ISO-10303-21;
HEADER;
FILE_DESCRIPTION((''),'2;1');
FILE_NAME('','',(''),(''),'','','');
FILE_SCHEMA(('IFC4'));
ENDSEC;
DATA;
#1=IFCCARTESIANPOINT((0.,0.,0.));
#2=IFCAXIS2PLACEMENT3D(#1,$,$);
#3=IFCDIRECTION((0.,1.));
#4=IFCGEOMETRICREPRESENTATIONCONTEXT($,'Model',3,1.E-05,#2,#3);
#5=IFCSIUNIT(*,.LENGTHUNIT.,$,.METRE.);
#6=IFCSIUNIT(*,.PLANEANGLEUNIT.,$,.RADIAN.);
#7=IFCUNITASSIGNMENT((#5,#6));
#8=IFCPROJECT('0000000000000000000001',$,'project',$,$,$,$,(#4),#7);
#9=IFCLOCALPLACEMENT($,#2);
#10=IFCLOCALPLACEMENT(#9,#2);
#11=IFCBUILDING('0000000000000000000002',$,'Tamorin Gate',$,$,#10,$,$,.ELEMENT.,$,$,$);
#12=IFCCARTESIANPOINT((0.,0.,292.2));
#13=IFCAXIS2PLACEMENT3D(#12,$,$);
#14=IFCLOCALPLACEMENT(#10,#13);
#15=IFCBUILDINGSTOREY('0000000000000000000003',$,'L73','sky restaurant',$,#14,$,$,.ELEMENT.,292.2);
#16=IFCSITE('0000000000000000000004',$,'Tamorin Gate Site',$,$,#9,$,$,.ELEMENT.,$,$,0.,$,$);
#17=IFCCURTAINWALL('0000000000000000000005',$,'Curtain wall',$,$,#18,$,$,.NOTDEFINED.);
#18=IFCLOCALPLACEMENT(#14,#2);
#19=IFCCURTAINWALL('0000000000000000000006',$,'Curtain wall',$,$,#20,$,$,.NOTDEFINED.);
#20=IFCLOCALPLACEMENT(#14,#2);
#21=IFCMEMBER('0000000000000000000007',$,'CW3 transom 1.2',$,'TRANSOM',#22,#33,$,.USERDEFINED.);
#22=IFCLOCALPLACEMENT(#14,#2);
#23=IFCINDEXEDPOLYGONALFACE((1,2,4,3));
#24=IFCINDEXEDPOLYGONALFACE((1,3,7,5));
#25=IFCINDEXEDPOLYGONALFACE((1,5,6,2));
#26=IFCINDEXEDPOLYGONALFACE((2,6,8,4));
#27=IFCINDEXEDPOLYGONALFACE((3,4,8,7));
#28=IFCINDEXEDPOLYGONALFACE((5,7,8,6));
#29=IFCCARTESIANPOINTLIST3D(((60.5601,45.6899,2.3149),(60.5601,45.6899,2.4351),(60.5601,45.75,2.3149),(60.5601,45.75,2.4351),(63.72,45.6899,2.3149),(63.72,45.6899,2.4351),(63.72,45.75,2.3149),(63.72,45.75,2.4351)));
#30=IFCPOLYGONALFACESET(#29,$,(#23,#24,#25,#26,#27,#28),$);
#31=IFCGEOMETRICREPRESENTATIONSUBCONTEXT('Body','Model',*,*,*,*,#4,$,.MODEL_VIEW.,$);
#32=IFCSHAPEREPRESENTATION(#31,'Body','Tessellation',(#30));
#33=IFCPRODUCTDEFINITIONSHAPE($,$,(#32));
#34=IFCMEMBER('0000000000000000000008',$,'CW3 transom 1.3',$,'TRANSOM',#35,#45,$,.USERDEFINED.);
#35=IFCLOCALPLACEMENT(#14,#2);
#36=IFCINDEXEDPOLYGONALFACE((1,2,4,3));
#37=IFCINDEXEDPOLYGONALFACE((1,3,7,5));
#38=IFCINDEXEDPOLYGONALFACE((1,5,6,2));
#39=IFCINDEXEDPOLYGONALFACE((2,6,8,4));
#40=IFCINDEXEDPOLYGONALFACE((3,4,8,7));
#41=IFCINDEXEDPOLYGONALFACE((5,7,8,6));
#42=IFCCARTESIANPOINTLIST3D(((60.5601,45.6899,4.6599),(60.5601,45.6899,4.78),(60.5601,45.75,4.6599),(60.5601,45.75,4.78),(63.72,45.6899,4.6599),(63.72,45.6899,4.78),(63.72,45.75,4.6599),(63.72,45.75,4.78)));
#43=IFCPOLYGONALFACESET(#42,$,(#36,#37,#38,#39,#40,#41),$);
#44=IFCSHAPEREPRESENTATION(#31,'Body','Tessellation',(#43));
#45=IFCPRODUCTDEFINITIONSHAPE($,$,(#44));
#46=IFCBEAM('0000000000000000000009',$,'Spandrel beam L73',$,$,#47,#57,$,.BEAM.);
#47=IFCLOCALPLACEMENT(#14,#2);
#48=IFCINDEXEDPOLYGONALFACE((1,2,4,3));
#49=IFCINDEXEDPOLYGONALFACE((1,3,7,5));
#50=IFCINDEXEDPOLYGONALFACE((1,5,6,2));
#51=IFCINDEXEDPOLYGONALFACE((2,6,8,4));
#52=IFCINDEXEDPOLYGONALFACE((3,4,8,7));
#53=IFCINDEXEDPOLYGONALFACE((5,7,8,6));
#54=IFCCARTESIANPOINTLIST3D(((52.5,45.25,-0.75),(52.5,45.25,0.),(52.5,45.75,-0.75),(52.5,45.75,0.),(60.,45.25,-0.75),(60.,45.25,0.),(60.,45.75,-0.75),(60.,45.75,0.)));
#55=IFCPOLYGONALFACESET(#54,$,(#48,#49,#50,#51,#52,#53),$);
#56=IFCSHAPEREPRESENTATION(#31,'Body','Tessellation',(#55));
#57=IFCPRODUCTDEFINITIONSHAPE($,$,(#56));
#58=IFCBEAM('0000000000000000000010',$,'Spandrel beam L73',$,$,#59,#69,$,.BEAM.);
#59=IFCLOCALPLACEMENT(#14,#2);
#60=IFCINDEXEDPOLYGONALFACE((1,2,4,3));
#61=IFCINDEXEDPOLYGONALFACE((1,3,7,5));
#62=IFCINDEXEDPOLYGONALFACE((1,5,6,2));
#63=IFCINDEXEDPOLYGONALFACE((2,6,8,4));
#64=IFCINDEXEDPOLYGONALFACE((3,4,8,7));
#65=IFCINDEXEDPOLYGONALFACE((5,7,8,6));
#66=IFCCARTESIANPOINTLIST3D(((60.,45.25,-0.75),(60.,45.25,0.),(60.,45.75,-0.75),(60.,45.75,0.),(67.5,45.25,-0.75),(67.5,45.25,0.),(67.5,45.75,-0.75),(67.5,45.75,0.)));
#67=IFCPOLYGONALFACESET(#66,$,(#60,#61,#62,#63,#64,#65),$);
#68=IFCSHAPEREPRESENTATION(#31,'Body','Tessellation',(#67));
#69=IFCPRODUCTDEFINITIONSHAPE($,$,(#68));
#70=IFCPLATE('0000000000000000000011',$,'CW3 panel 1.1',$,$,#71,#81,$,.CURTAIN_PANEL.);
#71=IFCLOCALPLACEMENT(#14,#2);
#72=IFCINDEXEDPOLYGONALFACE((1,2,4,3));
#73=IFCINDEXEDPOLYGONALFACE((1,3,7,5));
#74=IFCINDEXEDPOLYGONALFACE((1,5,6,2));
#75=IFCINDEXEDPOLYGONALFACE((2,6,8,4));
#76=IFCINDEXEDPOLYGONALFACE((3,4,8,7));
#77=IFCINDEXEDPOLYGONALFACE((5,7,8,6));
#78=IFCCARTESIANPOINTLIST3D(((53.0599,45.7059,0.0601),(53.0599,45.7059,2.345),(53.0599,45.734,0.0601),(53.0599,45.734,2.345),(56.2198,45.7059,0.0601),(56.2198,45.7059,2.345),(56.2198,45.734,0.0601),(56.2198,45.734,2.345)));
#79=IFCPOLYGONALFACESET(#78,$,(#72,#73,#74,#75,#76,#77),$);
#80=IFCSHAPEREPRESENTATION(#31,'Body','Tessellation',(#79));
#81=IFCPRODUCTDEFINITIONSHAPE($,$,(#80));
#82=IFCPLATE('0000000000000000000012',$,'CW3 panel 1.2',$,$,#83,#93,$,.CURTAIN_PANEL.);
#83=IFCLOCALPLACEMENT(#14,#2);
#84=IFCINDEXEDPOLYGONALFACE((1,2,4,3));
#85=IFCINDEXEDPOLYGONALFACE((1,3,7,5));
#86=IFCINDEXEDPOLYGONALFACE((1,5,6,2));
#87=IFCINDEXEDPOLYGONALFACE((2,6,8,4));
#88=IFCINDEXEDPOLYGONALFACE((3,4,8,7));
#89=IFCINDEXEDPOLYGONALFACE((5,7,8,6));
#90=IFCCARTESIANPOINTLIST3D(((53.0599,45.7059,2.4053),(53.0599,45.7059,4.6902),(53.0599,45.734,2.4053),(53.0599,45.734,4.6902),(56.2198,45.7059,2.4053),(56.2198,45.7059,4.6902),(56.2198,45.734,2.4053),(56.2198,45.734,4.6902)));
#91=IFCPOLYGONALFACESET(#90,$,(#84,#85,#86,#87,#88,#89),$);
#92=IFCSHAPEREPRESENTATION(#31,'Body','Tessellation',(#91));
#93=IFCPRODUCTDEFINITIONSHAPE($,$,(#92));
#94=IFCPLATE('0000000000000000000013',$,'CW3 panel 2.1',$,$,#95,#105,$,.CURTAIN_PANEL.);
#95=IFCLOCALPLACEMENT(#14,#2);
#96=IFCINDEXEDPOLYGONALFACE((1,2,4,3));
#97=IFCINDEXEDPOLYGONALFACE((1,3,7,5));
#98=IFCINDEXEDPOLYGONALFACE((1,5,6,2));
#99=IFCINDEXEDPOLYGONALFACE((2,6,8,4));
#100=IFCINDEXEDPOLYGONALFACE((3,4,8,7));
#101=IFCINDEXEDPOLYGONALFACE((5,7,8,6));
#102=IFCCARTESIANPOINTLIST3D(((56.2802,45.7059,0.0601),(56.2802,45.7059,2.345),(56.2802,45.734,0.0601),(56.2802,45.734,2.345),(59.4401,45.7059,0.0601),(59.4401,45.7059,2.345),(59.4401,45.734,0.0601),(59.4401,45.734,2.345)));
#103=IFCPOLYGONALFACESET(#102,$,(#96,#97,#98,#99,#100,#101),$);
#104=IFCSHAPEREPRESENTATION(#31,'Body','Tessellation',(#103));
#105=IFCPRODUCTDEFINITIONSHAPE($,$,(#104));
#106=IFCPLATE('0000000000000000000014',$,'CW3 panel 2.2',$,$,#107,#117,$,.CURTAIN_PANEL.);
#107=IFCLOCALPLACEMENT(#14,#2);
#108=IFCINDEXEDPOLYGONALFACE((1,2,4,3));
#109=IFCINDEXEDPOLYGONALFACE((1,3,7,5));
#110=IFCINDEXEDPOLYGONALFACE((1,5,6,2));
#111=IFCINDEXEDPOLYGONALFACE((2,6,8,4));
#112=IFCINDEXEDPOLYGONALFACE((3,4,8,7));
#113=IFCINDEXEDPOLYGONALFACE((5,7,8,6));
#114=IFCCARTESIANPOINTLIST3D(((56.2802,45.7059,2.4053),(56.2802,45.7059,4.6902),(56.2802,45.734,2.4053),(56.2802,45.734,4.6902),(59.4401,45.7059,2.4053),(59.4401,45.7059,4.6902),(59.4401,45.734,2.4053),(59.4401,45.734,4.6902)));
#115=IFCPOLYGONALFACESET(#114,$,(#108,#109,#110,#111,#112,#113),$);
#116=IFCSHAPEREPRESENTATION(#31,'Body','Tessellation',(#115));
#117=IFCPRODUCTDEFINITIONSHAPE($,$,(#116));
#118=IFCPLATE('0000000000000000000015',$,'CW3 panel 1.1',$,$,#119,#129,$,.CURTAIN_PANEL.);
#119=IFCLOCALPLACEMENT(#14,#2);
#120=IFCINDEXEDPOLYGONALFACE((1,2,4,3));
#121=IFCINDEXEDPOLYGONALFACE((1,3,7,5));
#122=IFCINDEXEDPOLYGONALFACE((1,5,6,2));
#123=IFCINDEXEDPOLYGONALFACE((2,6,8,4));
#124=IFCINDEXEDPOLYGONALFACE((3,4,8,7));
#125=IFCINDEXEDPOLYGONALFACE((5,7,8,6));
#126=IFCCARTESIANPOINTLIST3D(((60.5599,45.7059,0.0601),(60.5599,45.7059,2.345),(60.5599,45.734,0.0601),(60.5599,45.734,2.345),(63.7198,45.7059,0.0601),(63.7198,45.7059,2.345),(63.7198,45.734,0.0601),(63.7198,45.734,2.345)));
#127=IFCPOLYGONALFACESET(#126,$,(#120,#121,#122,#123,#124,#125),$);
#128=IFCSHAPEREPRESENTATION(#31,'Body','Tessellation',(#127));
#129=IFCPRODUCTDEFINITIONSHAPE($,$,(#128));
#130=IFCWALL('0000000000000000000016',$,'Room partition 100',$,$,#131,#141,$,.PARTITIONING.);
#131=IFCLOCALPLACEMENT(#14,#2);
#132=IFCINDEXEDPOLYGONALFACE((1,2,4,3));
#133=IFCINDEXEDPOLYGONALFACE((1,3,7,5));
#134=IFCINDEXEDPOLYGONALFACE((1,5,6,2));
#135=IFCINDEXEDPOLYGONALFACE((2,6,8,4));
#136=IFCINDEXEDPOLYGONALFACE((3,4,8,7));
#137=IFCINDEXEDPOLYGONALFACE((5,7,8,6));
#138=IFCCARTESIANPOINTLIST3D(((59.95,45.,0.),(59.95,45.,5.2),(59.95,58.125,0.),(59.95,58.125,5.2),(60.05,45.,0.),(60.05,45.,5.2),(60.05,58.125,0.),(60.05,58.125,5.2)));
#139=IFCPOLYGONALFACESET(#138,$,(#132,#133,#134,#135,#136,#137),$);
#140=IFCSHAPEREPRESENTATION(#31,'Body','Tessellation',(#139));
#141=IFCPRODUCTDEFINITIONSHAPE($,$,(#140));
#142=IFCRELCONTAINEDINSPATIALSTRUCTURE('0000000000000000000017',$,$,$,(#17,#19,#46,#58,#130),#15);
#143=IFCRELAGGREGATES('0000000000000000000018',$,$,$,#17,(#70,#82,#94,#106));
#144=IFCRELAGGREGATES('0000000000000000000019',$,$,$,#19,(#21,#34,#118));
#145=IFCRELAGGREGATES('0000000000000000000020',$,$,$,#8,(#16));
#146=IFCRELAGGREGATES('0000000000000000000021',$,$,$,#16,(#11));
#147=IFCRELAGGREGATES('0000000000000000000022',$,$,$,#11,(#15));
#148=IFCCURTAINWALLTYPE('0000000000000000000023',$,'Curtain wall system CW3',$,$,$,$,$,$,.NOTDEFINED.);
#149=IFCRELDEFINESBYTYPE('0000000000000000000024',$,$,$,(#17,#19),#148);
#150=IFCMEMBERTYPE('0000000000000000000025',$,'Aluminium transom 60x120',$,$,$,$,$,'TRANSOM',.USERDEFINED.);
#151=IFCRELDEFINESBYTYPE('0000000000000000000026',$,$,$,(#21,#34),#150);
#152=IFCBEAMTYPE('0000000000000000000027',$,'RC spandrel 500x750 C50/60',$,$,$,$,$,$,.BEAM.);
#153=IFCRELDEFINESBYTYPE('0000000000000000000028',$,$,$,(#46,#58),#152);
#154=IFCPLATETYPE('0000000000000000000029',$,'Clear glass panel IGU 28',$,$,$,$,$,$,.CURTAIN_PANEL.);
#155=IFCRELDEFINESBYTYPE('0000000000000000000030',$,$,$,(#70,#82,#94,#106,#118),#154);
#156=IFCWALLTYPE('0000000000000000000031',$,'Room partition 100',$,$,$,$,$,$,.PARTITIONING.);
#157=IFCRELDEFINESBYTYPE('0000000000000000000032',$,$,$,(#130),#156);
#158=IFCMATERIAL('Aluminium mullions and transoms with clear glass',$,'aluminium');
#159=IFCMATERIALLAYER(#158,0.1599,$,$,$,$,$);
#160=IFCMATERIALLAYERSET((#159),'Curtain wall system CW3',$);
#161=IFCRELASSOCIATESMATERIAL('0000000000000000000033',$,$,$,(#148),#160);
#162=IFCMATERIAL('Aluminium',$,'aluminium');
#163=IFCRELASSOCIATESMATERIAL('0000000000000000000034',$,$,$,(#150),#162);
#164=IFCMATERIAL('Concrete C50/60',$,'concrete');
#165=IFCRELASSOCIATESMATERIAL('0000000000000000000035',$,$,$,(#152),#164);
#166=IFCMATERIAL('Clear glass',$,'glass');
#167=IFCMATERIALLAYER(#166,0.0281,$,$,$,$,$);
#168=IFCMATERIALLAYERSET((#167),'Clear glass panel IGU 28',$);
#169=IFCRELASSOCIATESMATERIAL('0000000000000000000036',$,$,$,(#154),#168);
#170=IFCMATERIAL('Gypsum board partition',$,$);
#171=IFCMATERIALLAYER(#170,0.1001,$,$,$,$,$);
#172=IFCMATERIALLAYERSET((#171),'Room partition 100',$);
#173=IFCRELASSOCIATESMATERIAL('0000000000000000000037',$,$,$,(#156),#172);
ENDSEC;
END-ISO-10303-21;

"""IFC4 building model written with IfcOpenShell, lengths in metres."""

from ifc_helpers import new_model, si_unit, direction, frame, frame_2d, origin, origin_2d, place, context, subcontext, project, spatial, rectangle, extrude, material, layer, layer_set, material_profile, profile_set, type_object, element, aggregate, save


model = new_model("IFC4")

# Units and contexts
model_context = context("Model", 3, precision=1e-05, world=origin(), true_north=direction((0.0, 1.0)))
body_context = subcontext(model_context, "Body", "Model", "MODEL_VIEW")
ifc_project = project(units=[si_unit("LENGTHUNIT", "METRE"), si_unit("PLANEANGLEUNIT", "RADIAN")], contexts=[model_context])

# Site, building, storey
site_placement = place(None, origin())
site = spatial("IfcSite", under=ifc_project, at=site_placement, Name="Tamorin Gate Site", CompositionType="ELEMENT", RefElevation=0.0)
building_placement = place(site_placement, origin())
building = spatial("IfcBuilding", under=site, at=building_placement, Name="Tamorin Gate", CompositionType="ELEMENT")
storey_placement = place(building_placement, frame((0.0, 0.0, 292.2)))
storey = spatial("IfcBuildingStorey", under=building, at=storey_placement, Name="L73", Description="sky restaurant", CompositionType="ELEMENT", Elevation=292.2)

# Shared definitions
ifc_material_1 = material(Name="Concrete C50/60", Category="concrete")

# Curtain wall
ifc_material_2 = material(Name="Aluminium mullions and transoms with clear glass", Category="aluminium")
ifc_layer_1 = layer(ifc_material_2, 0.1599)
ifc_layer_set_1 = layer_set([ifc_layer_1], Name="Curtain wall system CW3")
curtain_wall_type = type_object("IfcCurtainWallType", Name="Curtain wall system CW3", PredefinedType="NOTDEFINED", material=ifc_layer_set_1)
curtain_wall_1_placement = place(storey_placement, origin())
curtain_wall_1 = element("IfcCurtainWall", 1, at=curtain_wall_1_placement, inside=storey, type_object=curtain_wall_type, Name="Curtain wall", PredefinedType="NOTDEFINED")
ifc_material_3 = material(Name="Aluminium", Category="aluminium")

# Curtain wall
curtain_wall_2_placement = place(storey_placement, origin())
curtain_wall_2 = element("IfcCurtainWall", 2, at=curtain_wall_2_placement, inside=storey, type_object=curtain_wall_type, Name="Curtain wall", PredefinedType="NOTDEFINED")

# Members
ifc_material_profile_1 = material_profile(ifc_material_3, rectangle(XDim=0.0601, YDim=0.1201, at=origin_2d()), Name="RECT 60x120")
ifc_profile_set_1 = profile_set([ifc_material_profile_1], Name="Aluminium")
member_type_1 = type_object("IfcMemberType", Name="Aluminium transom 60x120", ElementType="TRANSOM", PredefinedType="USERDEFINED", material=ifc_profile_set_1)
member_1_placement = place(storey_placement, frame((60.5601, 45.72, 2.375), z_axis=(1.0, 0.0, 0.0), x_axis=(0.0, 1.0, 0.0)))
member_1 = element("IfcMember", 3, at=member_1_placement, type_object=member_type_1, Name="CW3 transom 1.2", ObjectType="TRANSOM", PredefinedType="USERDEFINED", context=body_context, shape_type="SweptSolid", body=[
    extrude(rectangle(XDim=0.0601, YDim=0.1201, at=origin_2d()), origin(), (0.0, 0.0, 1.0), 3.1599),
])
member_2_placement = place(storey_placement, frame((60.5601, 45.72, 4.72), z_axis=(1.0, 0.0, 0.0), x_axis=(0.0, 1.0, 0.0)))
member_2 = element("IfcMember", 4, at=member_2_placement, type_object=member_type_1, Name="CW3 transom 1.3", ObjectType="TRANSOM", PredefinedType="USERDEFINED", context=body_context, shape_type="SweptSolid", body=[
    extrude(rectangle(XDim=0.0601, YDim=0.1201, at=origin_2d()), origin(), (0.0, 0.0, 1.0), 3.1599),
])

# Beams
ifc_material_profile_2 = material_profile(ifc_material_1, rectangle(XDim=0.5, YDim=0.75, at=origin_2d()), Name="RC 500x750")
ifc_profile_set_2 = profile_set([ifc_material_profile_2], Name="Concrete C50/60")
beam_type = type_object("IfcBeamType", Name="RC spandrel 500x750 C50/60", PredefinedType="BEAM", material=ifc_profile_set_2)
for number, where, z_axis, x_axis, name in (
    (5, (52.5, 45.5, -0.375), (1.0, 0.0, 0.0), (0.0, 1.0, 0.0), "Spandrel beam L73"),
    (6, (60.0, 45.5, -0.375), (1.0, 0.0, 0.0), (0.0, 1.0, 0.0), "Spandrel beam L73"),
):
    element("IfcBeam", number, at=place(storey_placement, frame(where, z_axis=z_axis, x_axis=x_axis)), inside=storey, type_object=beam_type, Name=name, PredefinedType="BEAM", context=body_context, shape_type="SweptSolid", body=[
        extrude(rectangle(XDim=0.5, YDim=0.75, at=origin_2d()), origin(), (0.0, 0.0, 1.0), 7.5),
    ])

# Plates
ifc_material_4 = material(Name="Clear glass", Category="glass")
ifc_layer_2 = layer(ifc_material_4, 0.0281)
ifc_layer_set_2 = layer_set([ifc_layer_2], Name="Clear glass panel IGU 28")
plate_type = type_object("IfcPlateType", Name="Clear glass panel IGU 28", PredefinedType="CURTAIN_PANEL", material=ifc_layer_set_2)
plate_1_placement = place(storey_placement, frame((54.6399, 45.72, 0.0601), z_axis=(0.0, 0.0, 1.0), x_axis=(1.0, 0.0, 0.0)))
plate_1 = element("IfcPlate", 7, at=plate_1_placement, type_object=plate_type, Name="CW3 panel 1.1", PredefinedType="CURTAIN_PANEL", context=body_context, shape_type="SweptSolid", body=[
    extrude(rectangle(XDim=3.1599, YDim=0.0281, at=origin_2d()), origin(), (0.0, 0.0, 1.0), 2.2849),
])
plate_2_placement = place(storey_placement, frame((54.6399, 45.72, 2.4053), z_axis=(0.0, 0.0, 1.0), x_axis=(1.0, 0.0, 0.0)))
plate_2 = element("IfcPlate", 8, at=plate_2_placement, type_object=plate_type, Name="CW3 panel 1.2", PredefinedType="CURTAIN_PANEL", context=body_context, shape_type="SweptSolid", body=[
    extrude(rectangle(XDim=3.1599, YDim=0.0281, at=origin_2d()), origin(), (0.0, 0.0, 1.0), 2.2849),
])
plate_3_placement = place(storey_placement, frame((57.8601, 45.72, 0.0601), z_axis=(0.0, 0.0, 1.0), x_axis=(1.0, 0.0, 0.0)))
plate_3 = element("IfcPlate", 9, at=plate_3_placement, type_object=plate_type, Name="CW3 panel 2.1", PredefinedType="CURTAIN_PANEL", context=body_context, shape_type="SweptSolid", body=[
    extrude(rectangle(XDim=3.1599, YDim=0.0281, at=origin_2d()), origin(), (0.0, 0.0, 1.0), 2.2849),
])
plate_4_placement = place(storey_placement, frame((57.8601, 45.72, 2.4053), z_axis=(0.0, 0.0, 1.0), x_axis=(1.0, 0.0, 0.0)))
plate_4 = element("IfcPlate", 10, at=plate_4_placement, type_object=plate_type, Name="CW3 panel 2.2", PredefinedType="CURTAIN_PANEL", context=body_context, shape_type="SweptSolid", body=[
    extrude(rectangle(XDim=3.1599, YDim=0.0281, at=origin_2d()), origin(), (0.0, 0.0, 1.0), 2.2849),
])
aggregate(curtain_wall_1, [plate_1, plate_2, plate_3, plate_4])
plate_5_placement = place(storey_placement, frame((62.1399, 45.72, 0.0601), z_axis=(0.0, 0.0, 1.0), x_axis=(1.0, 0.0, 0.0)))
plate_5 = element("IfcPlate", 11, at=plate_5_placement, type_object=plate_type, Name="CW3 panel 1.1", PredefinedType="CURTAIN_PANEL", context=body_context, shape_type="SweptSolid", body=[
    extrude(rectangle(XDim=3.1599, YDim=0.0281, at=origin_2d()), origin(), (0.0, 0.0, 1.0), 2.2849),
])
aggregate(curtain_wall_2, [member_1, member_2, plate_5])

# Wall
ifc_material_5 = material(Name="Gypsum board partition")
ifc_layer_3 = layer(ifc_material_5, 0.1001)
ifc_layer_set_3 = layer_set([ifc_layer_3], Name="Room partition 100")
wall_type = type_object("IfcWallType", Name="Room partition 100", PredefinedType="PARTITIONING", material=ifc_layer_set_3)
wall_placement = place(storey_placement, frame((60.0, 45.0, 0.0), z_axis=(0.0, 0.0, 1.0), x_axis=(0.0, 1.0, 0.0)))
element("IfcWall", 12, at=wall_placement, inside=storey, type_object=wall_type, Name="Room partition 100", PredefinedType="PARTITIONING", context=body_context, shape_type="SweptSolid", body=[
    extrude(rectangle(XDim=13.125, YDim=0.1001, at=frame_2d((6.5625, 0.0))), origin(), (0.0, 0.0, 1.0), 5.2),
])

save(model, "model.ifc")
